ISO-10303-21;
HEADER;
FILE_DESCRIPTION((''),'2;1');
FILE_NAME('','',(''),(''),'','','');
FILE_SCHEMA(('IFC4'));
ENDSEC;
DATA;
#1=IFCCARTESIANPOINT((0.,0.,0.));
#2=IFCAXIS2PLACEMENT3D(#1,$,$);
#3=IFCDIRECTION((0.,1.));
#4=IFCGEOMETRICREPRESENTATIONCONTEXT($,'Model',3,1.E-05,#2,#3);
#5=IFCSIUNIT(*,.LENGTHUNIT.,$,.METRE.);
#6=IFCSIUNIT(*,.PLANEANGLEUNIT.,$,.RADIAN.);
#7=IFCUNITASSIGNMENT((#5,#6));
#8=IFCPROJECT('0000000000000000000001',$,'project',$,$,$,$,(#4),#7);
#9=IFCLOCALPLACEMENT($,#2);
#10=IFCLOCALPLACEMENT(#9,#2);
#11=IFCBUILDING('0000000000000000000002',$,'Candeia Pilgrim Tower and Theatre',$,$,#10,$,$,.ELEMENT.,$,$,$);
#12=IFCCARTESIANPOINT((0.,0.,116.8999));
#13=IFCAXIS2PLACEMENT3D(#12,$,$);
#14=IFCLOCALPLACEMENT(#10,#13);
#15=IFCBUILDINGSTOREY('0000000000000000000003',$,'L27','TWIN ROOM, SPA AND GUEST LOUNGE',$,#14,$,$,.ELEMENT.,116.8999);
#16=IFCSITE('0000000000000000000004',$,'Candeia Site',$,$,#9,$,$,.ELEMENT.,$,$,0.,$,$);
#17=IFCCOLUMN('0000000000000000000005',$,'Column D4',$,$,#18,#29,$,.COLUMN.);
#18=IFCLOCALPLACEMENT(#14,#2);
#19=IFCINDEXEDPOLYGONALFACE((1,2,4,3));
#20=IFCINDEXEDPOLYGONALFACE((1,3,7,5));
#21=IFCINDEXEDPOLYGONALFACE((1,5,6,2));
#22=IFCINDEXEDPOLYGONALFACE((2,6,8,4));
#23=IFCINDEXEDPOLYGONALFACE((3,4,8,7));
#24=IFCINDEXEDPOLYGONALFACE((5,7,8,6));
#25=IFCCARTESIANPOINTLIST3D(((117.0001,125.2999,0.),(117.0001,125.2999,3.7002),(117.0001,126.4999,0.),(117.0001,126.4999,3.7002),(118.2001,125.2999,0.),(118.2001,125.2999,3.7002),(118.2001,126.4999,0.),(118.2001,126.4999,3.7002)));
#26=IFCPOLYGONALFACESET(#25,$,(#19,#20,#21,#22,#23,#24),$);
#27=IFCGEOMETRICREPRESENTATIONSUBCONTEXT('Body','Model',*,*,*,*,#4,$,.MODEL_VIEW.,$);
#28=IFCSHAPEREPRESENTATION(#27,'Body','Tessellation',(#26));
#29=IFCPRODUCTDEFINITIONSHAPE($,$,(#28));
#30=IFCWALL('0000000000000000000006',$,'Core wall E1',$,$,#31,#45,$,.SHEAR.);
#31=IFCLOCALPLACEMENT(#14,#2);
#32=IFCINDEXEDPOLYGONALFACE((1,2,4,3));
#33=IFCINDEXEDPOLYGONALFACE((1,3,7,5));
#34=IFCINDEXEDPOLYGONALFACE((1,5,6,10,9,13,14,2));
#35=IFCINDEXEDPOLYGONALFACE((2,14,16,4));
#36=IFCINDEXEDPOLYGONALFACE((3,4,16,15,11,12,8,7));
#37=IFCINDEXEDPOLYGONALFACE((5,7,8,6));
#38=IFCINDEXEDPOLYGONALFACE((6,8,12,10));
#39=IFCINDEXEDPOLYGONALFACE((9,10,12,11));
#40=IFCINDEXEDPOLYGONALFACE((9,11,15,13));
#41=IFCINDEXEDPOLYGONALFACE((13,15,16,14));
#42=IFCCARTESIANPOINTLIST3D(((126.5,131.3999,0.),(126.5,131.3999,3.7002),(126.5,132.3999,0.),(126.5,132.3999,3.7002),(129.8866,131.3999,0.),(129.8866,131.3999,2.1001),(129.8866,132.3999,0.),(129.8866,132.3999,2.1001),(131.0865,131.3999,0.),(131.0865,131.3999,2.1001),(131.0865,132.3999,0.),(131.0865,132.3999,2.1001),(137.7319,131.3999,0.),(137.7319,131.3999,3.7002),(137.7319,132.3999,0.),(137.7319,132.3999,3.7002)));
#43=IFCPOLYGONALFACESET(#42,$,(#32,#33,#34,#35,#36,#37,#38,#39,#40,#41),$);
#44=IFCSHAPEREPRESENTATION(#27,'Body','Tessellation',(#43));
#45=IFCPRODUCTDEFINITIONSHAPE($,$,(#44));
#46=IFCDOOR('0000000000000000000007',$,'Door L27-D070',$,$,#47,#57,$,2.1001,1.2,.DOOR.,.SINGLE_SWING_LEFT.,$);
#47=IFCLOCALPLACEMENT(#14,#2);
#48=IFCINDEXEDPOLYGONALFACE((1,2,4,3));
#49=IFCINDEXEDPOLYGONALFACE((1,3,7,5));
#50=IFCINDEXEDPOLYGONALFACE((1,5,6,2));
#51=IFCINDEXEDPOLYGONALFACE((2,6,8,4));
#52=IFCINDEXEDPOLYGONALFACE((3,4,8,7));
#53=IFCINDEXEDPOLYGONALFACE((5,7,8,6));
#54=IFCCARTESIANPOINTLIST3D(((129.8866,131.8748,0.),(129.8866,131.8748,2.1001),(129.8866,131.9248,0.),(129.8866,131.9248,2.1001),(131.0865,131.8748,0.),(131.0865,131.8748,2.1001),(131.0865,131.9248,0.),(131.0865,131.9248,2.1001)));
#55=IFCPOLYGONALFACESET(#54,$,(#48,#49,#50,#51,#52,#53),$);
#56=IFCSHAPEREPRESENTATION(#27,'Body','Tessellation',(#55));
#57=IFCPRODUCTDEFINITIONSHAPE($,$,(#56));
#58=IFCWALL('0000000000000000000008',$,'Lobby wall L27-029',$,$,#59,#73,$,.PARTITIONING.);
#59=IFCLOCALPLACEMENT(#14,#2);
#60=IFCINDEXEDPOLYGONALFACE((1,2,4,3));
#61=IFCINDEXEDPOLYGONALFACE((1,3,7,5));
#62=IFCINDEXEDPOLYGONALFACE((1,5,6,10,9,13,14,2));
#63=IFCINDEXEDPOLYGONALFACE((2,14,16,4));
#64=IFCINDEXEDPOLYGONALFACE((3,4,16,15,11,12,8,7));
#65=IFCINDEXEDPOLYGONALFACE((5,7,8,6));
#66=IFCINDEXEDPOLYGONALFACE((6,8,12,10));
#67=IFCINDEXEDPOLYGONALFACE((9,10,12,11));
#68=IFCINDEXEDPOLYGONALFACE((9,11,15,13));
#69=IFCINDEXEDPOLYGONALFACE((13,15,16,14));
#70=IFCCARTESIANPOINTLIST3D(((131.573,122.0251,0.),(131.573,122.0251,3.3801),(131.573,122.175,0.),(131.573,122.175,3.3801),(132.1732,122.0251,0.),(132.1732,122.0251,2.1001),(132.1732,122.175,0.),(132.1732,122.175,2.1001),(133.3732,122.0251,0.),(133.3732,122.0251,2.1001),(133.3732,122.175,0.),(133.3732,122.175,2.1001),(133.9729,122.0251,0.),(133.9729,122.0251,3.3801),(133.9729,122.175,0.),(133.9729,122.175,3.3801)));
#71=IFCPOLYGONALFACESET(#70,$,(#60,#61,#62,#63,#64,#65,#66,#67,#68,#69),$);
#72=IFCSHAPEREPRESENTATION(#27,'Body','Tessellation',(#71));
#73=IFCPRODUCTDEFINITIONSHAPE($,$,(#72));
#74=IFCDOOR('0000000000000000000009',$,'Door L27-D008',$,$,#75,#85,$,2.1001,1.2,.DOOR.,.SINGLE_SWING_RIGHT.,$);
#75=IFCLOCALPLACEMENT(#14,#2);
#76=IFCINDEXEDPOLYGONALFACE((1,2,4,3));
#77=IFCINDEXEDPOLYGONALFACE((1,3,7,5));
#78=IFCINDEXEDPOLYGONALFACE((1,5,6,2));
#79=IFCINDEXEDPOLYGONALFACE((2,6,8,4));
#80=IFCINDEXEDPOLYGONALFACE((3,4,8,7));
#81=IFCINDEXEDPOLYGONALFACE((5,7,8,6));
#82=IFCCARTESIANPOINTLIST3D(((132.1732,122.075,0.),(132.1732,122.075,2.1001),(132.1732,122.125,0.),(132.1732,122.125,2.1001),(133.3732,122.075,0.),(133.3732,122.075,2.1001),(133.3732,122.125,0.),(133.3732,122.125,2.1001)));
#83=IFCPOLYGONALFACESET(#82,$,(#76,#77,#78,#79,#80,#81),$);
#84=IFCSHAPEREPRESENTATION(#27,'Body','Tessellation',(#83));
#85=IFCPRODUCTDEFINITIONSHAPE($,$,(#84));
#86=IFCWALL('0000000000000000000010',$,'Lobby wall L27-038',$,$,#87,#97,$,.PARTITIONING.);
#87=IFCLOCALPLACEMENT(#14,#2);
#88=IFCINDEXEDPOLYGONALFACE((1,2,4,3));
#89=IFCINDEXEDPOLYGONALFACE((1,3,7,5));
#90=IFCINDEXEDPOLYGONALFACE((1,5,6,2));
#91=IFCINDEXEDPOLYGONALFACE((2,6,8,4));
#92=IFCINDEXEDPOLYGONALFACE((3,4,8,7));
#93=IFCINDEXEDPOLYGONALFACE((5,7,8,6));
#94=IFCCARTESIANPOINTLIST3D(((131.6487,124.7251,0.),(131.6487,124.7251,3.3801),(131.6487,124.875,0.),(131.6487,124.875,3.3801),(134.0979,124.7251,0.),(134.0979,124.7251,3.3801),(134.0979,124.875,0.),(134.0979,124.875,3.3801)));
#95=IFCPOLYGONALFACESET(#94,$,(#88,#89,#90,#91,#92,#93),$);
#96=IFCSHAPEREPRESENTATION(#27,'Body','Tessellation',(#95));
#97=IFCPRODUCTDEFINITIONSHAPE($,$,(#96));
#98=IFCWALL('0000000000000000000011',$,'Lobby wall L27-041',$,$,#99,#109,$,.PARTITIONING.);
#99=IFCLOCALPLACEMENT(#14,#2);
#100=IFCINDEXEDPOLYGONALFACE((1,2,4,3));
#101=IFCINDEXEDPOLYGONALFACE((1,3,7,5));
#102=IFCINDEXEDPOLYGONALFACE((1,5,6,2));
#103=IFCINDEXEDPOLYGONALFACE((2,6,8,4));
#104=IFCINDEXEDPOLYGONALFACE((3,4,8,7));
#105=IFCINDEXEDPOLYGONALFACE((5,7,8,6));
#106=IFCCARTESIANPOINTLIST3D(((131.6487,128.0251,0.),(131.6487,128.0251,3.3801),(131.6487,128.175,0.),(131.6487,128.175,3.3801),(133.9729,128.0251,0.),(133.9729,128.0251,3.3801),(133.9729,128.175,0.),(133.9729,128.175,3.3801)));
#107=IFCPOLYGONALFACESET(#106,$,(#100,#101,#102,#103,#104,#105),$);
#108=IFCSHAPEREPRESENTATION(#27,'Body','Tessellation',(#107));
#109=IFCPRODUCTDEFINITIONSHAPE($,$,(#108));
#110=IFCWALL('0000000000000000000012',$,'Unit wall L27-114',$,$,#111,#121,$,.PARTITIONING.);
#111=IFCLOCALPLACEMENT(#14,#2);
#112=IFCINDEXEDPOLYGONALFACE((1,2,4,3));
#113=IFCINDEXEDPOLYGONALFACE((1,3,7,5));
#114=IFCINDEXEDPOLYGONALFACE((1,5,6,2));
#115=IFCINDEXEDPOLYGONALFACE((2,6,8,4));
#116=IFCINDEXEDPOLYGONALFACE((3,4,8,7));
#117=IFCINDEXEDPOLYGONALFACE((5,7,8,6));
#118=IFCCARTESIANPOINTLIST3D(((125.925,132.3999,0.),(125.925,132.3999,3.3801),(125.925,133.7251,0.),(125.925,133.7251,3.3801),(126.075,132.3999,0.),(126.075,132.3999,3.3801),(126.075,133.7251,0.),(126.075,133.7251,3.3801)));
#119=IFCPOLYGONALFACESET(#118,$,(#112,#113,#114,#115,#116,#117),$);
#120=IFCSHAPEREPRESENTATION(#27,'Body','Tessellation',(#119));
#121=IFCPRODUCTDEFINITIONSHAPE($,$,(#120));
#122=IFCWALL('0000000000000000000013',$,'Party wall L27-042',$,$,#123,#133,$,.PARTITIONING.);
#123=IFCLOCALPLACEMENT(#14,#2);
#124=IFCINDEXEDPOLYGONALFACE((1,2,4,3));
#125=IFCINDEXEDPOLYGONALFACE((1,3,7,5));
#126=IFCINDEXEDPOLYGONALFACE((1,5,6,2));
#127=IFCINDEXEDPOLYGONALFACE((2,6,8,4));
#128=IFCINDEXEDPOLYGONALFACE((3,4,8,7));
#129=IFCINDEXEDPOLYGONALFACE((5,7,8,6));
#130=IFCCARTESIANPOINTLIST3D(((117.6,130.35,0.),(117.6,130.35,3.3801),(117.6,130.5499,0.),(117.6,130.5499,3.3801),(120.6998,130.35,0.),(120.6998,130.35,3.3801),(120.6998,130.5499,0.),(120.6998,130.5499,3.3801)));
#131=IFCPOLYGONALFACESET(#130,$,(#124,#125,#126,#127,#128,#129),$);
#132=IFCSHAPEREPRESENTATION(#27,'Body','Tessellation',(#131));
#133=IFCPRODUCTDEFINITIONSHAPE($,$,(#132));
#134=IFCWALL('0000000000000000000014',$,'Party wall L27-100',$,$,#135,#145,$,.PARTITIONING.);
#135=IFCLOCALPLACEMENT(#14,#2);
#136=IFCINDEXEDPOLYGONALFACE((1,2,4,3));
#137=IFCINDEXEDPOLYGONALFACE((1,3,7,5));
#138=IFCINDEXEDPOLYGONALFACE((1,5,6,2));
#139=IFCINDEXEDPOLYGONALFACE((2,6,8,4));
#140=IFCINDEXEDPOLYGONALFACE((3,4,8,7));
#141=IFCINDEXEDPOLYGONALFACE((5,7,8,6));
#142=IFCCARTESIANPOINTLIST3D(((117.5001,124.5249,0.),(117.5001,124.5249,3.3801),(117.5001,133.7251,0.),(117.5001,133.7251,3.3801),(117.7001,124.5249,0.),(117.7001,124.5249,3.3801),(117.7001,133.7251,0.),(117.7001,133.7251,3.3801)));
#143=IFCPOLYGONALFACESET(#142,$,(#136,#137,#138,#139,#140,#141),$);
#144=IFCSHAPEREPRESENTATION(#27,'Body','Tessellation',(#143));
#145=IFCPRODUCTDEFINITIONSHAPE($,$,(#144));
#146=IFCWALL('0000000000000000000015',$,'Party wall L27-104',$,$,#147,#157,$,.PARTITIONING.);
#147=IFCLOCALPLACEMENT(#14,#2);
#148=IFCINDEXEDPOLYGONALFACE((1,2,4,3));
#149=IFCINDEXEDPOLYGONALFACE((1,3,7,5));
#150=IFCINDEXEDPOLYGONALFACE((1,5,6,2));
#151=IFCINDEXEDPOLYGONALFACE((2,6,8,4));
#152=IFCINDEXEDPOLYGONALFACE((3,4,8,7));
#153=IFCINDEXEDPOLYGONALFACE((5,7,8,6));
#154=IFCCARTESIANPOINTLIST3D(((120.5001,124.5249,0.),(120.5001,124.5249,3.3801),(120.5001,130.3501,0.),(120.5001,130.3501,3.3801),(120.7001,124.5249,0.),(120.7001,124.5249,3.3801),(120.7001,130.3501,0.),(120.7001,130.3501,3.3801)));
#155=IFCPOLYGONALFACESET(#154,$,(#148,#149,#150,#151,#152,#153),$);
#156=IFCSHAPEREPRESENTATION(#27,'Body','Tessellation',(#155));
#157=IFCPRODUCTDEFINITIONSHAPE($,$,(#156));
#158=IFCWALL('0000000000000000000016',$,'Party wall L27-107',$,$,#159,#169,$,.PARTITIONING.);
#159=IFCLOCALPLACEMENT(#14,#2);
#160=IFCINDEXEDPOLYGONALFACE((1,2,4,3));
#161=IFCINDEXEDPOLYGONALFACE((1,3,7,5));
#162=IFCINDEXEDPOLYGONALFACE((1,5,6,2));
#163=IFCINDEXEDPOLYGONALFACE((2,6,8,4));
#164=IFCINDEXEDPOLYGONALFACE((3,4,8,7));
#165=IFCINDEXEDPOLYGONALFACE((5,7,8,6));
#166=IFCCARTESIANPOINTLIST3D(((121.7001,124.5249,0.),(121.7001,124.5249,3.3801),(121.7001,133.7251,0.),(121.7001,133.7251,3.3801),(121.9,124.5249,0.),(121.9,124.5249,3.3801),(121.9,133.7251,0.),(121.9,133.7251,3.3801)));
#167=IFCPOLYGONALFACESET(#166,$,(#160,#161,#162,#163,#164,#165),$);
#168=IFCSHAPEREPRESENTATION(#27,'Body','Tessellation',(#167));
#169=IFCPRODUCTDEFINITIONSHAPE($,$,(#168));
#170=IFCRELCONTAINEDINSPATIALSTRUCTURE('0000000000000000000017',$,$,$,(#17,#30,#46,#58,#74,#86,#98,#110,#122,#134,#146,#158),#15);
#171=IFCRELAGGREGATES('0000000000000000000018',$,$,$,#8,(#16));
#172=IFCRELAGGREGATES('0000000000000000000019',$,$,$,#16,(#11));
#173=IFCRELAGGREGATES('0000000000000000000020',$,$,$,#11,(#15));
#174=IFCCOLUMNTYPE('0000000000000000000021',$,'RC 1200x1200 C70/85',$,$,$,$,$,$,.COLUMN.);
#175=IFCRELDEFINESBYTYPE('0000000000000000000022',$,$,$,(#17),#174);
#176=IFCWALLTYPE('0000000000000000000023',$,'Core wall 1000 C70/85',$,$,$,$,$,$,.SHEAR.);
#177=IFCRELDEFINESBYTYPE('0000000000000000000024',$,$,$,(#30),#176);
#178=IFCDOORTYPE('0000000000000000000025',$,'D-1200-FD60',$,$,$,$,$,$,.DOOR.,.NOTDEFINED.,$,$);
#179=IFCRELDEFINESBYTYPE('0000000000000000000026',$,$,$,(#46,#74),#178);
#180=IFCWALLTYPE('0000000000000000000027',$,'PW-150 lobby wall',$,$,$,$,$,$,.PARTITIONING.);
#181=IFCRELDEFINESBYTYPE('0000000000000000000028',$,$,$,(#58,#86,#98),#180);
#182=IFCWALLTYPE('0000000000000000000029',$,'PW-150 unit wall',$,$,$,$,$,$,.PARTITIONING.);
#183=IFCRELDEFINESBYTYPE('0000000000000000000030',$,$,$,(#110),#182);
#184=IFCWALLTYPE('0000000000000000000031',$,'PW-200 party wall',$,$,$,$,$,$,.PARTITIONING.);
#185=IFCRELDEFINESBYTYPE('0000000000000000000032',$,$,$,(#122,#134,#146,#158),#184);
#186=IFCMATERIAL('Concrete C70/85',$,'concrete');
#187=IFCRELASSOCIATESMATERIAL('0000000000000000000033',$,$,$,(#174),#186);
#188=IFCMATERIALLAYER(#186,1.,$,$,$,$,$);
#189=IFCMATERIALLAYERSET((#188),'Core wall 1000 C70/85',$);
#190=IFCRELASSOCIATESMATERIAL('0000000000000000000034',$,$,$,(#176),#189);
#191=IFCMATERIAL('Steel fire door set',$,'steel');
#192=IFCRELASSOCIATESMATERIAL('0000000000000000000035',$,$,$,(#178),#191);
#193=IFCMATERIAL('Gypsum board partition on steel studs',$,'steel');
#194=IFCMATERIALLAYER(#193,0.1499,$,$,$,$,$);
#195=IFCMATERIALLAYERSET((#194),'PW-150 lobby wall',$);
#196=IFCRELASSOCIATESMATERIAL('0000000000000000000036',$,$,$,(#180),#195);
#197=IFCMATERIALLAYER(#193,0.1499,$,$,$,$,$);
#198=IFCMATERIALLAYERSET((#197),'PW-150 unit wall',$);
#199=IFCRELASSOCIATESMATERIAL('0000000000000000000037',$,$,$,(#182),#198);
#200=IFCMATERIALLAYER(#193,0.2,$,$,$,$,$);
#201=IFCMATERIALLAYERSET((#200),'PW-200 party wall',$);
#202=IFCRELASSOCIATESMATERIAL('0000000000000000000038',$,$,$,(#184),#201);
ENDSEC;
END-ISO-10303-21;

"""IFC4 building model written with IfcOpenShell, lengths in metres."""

from ifc_helpers import new_model, si_unit, direction, frame, frame_2d, origin, origin_2d, place, context, subcontext, project, spatial, rectangle, extrude, material, layer, layer_set, material_profile, profile_set, type_object, element, fill, save


model = new_model("IFC4")

# Units and contexts
model_context = context("Model", 3, precision=1e-05, world=origin(), true_north=direction((0.0, 1.0)))
body_context = subcontext(model_context, "Body", "Model", "MODEL_VIEW")
ifc_project = project(units=[si_unit("LENGTHUNIT", "METRE"), si_unit("PLANEANGLEUNIT", "RADIAN")], contexts=[model_context])

# Site, building, storey
site_placement = place(None, origin())
site = spatial("IfcSite", under=ifc_project, at=site_placement, Name="Candeia Site", CompositionType="ELEMENT", RefElevation=0.0)
building_placement = place(site_placement, origin())
building = spatial("IfcBuilding", under=site, at=building_placement, Name="Candeia Pilgrim Tower and Theatre", CompositionType="ELEMENT")
storey_placement = place(building_placement, frame((0.0, 0.0, 116.8999)))
storey = spatial("IfcBuildingStorey", under=building, at=storey_placement, Name="L27", Description="TWIN ROOM, SPA AND GUEST LOUNGE", CompositionType="ELEMENT", Elevation=116.8999)

# Column
ifc_material_1 = material(Name="Concrete C70/85", Category="concrete")
ifc_material_profile = material_profile(ifc_material_1, rectangle(XDim=1.2, YDim=1.2, at=origin_2d()))
ifc_profile_set = profile_set([ifc_material_profile], Name="Concrete C70/85")
column_type = type_object("IfcColumnType", Name="RC 1200x1200 C70/85", PredefinedType="COLUMN", material=ifc_profile_set)
column_placement = place(storey_placement, frame((117.6001, 125.8999, 0.0), z_axis=(0.0, 0.0, 1.0), x_axis=(1.0, 0.0, 0.0)))
element("IfcColumn", 1, at=column_placement, inside=storey, type_object=column_type, Name="Column D4", PredefinedType="COLUMN", context=body_context, shape_type="SweptSolid", body=[
    extrude(rectangle(XDim=1.2, YDim=1.2, at=origin_2d()), origin(), (0.0, 0.0, 1.0), 3.7002),
])

# Walls, openings, doors
ifc_layer_1 = layer(ifc_material_1, 1.0)
ifc_layer_set_1 = layer_set([ifc_layer_1], Name="Core wall 1000 C70/85")
wall_type_1 = type_object("IfcWallType", Name="Core wall 1000 C70/85", PredefinedType="SHEAR", material=ifc_layer_set_1)
wall_1_placement = place(storey_placement, frame((126.5, 131.8999, 0.0), z_axis=(0.0, 0.0, 1.0), x_axis=(1.0, 0.0, 0.0)))
wall_1 = element("IfcWall", 2, at=wall_1_placement, inside=storey, type_object=wall_type_1, Name="Core wall E1", PredefinedType="SHEAR", context=body_context, shape_type="SweptSolid", body=[
    extrude(rectangle(XDim=11.2319, YDim=1.0, at=frame_2d((5.616, 0.0))), origin(), (0.0, 0.0, 1.0), 3.7002),
])
opening_1_placement = place(wall_1_placement, frame((3.3865, 0.0, 0.0)))
opening_1 = element("IfcOpeningElement", 3, at=opening_1_placement, cuts=wall_1, PredefinedType="OPENING", context=body_context, shape_type="SweptSolid", body=[
    extrude(rectangle(XDim=1.2, YDim=2.1001, at=frame_2d((0.6001, 1.05))), frame((0.0, 0.51, 0.0), z_axis=(0.0, -1.0, 0.0), x_axis=(1.0, 0.0, 0.0)), (0.0, 0.0, 1.0), 1.02),
])
ifc_material_2 = material(Name="Steel fire door set", Category="steel")
door_type_1 = type_object("IfcDoorType", Name="D-1200-FD60", OperationType="NOTDEFINED", PredefinedType="DOOR", material=ifc_material_2)
door_1_placement = place(opening_1_placement, origin())
door_1 = element("IfcDoor", 4, at=door_1_placement, inside=storey, type_object=door_type_1, Name="Door L27-D070", OperationType="SINGLE_SWING_LEFT", OverallHeight=2.1001, OverallWidth=1.2, PredefinedType="DOOR", context=body_context, shape_type="SweptSolid", body=[
    extrude(rectangle(XDim=1.2, YDim=2.1001, at=frame_2d((0.6001, 1.05))), frame((0.0, 0.0249, 0.0), z_axis=(0.0, -1.0, 0.0), x_axis=(1.0, 0.0, 0.0)), (0.0, 0.0, 1.0), 0.05),
])
fill(opening_1, door_1)
ifc_material_3 = material(Name="Gypsum board partition on steel studs", Category="steel")
ifc_layer_2 = layer(ifc_material_3, 0.1499)
ifc_layer_set_2 = layer_set([ifc_layer_2], Name="PW-150 lobby wall")
wall_type_2 = type_object("IfcWallType", Name="PW-150 lobby wall", PredefinedType="PARTITIONING", material=ifc_layer_set_2)
wall_2_placement = place(storey_placement, frame((131.573, 122.1001, 0.0), z_axis=(0.0, 0.0, 1.0), x_axis=(1.0, 0.0, 0.0)))
wall_2 = element("IfcWall", 5, at=wall_2_placement, inside=storey, type_object=wall_type_2, Name="Lobby wall L27-029", PredefinedType="PARTITIONING", context=body_context, shape_type="SweptSolid", body=[
    extrude(rectangle(XDim=2.3999, YDim=0.1499, at=frame_2d((1.2, 0.0))), origin(), (0.0, 0.0, 1.0), 3.3801),
])
opening_2_placement = place(wall_2_placement, frame((0.6001, 0.0, 0.0)))
opening_2 = element("IfcOpeningElement", 6, at=opening_2_placement, cuts=wall_2, PredefinedType="OPENING", context=body_context, shape_type="SweptSolid", body=[
    extrude(rectangle(XDim=1.2, YDim=2.1001, at=frame_2d((0.6001, 1.05))), frame((0.0, 0.085, 0.0), z_axis=(0.0, -1.0, 0.0), x_axis=(1.0, 0.0, 0.0)), (0.0, 0.0, 1.0), 0.1699),
])
door_2_placement = place(opening_2_placement, origin())
door_2 = element("IfcDoor", 7, at=door_2_placement, inside=storey, type_object=door_type_1, Name="Door L27-D008", OperationType="SINGLE_SWING_RIGHT", OverallHeight=2.1001, OverallWidth=1.2, PredefinedType="DOOR", context=body_context, shape_type="SweptSolid", body=[
    extrude(rectangle(XDim=1.2, YDim=2.1001, at=frame_2d((0.6001, 1.05))), frame((0.0, 0.0249, 0.0), z_axis=(0.0, -1.0, 0.0), x_axis=(1.0, 0.0, 0.0)), (0.0, 0.0, 1.0), 0.05),
])
fill(opening_2, door_2)

# Walls
wall_3_placement = place(storey_placement, frame((131.6487, 124.8, 0.0), z_axis=(0.0, 0.0, 1.0), x_axis=(1.0, 0.0, 0.0)))
element("IfcWall", 8, at=wall_3_placement, inside=storey, type_object=wall_type_2, Name="Lobby wall L27-038", PredefinedType="PARTITIONING", context=body_context, shape_type="SweptSolid", body=[
    extrude(rectangle(XDim=2.4492, YDim=0.1499, at=frame_2d((1.2246, 0.0))), origin(), (0.0, 0.0, 1.0), 3.3801),
])
wall_4_placement = place(storey_placement, frame((131.6487, 128.1001, 0.0), z_axis=(0.0, 0.0, 1.0), x_axis=(1.0, 0.0, 0.0)))
element("IfcWall", 9, at=wall_4_placement, inside=storey, type_object=wall_type_2, Name="Lobby wall L27-041", PredefinedType="PARTITIONING", context=body_context, shape_type="SweptSolid", body=[
    extrude(rectangle(XDim=2.3242, YDim=0.1499, at=frame_2d((1.1621, 0.0))), origin(), (0.0, 0.0, 1.0), 3.3801),
])
ifc_layer_3 = layer(ifc_material_3, 0.1499)
ifc_layer_set_3 = layer_set([ifc_layer_3], Name="PW-150 unit wall")
wall_type_3 = type_object("IfcWallType", Name="PW-150 unit wall", PredefinedType="PARTITIONING", material=ifc_layer_set_3)
wall_5_placement = place(storey_placement, frame((126.0, 132.3999, 0.0), z_axis=(0.0, 0.0, 1.0), x_axis=(0.0, 1.0, 0.0)))
element("IfcWall", 10, at=wall_5_placement, inside=storey, type_object=wall_type_3, Name="Unit wall L27-114", PredefinedType="PARTITIONING", context=body_context, shape_type="SweptSolid", body=[
    extrude(rectangle(XDim=1.3252, YDim=0.1499, at=frame_2d((0.6626, 0.0))), origin(), (0.0, 0.0, 1.0), 3.3801),
])
ifc_layer_4 = layer(ifc_material_3, 0.2)
ifc_layer_set_4 = layer_set([ifc_layer_4], Name="PW-200 party wall")
wall_type_4 = type_object("IfcWallType", Name="PW-200 party wall", PredefinedType="PARTITIONING", material=ifc_layer_set_4)
wall_6_placement = place(storey_placement, frame((117.6001, 130.45, 0.0), z_axis=(0.0, 0.0, 1.0), x_axis=(1.0, 0.0, 0.0)))
element("IfcWall", 11, at=wall_6_placement, inside=storey, type_object=wall_type_4, Name="Party wall L27-042", PredefinedType="PARTITIONING", context=body_context, shape_type="SweptSolid", body=[
    extrude(rectangle(XDim=3.0999, YDim=0.2, at=frame_2d((1.5498, 0.0))), origin(), (0.0, 0.0, 1.0), 3.3801),
])
wall_7_placement = place(storey_placement, frame((117.6001, 124.5249, 0.0), z_axis=(0.0, 0.0, 1.0), x_axis=(0.0, 1.0, 0.0)))
element("IfcWall", 12, at=wall_7_placement, inside=storey, type_object=wall_type_4, Name="Party wall L27-100", PredefinedType="PARTITIONING", context=body_context, shape_type="SweptSolid", body=[
    extrude(rectangle(XDim=9.2002, YDim=0.2, at=frame_2d((4.6001, 0.0))), origin(), (0.0, 0.0, 1.0), 3.3801),
])
wall_8_placement = place(storey_placement, frame((120.6001, 124.5249, 0.0), z_axis=(0.0, 0.0, 1.0), x_axis=(0.0, 1.0, 0.0)))
element("IfcWall", 13, at=wall_8_placement, inside=storey, type_object=wall_type_4, Name="Party wall L27-104", PredefinedType="PARTITIONING", context=body_context, shape_type="SweptSolid", body=[
    extrude(rectangle(XDim=5.8252, YDim=0.2, at=frame_2d((2.9126, 0.0))), origin(), (0.0, 0.0, 1.0), 3.3801),
])
wall_9_placement = place(storey_placement, frame((121.8, 124.5249, 0.0), z_axis=(0.0, 0.0, 1.0), x_axis=(0.0, 1.0, 0.0)))
element("IfcWall", 14, at=wall_9_placement, inside=storey, type_object=wall_type_4, Name="Party wall L27-107", PredefinedType="PARTITIONING", context=body_context, shape_type="SweptSolid", body=[
    extrude(rectangle(XDim=9.2002, YDim=0.2, at=frame_2d((4.6001, 0.0))), origin(), (0.0, 0.0, 1.0), 3.3801),
])

save(model, "model.ifc")
